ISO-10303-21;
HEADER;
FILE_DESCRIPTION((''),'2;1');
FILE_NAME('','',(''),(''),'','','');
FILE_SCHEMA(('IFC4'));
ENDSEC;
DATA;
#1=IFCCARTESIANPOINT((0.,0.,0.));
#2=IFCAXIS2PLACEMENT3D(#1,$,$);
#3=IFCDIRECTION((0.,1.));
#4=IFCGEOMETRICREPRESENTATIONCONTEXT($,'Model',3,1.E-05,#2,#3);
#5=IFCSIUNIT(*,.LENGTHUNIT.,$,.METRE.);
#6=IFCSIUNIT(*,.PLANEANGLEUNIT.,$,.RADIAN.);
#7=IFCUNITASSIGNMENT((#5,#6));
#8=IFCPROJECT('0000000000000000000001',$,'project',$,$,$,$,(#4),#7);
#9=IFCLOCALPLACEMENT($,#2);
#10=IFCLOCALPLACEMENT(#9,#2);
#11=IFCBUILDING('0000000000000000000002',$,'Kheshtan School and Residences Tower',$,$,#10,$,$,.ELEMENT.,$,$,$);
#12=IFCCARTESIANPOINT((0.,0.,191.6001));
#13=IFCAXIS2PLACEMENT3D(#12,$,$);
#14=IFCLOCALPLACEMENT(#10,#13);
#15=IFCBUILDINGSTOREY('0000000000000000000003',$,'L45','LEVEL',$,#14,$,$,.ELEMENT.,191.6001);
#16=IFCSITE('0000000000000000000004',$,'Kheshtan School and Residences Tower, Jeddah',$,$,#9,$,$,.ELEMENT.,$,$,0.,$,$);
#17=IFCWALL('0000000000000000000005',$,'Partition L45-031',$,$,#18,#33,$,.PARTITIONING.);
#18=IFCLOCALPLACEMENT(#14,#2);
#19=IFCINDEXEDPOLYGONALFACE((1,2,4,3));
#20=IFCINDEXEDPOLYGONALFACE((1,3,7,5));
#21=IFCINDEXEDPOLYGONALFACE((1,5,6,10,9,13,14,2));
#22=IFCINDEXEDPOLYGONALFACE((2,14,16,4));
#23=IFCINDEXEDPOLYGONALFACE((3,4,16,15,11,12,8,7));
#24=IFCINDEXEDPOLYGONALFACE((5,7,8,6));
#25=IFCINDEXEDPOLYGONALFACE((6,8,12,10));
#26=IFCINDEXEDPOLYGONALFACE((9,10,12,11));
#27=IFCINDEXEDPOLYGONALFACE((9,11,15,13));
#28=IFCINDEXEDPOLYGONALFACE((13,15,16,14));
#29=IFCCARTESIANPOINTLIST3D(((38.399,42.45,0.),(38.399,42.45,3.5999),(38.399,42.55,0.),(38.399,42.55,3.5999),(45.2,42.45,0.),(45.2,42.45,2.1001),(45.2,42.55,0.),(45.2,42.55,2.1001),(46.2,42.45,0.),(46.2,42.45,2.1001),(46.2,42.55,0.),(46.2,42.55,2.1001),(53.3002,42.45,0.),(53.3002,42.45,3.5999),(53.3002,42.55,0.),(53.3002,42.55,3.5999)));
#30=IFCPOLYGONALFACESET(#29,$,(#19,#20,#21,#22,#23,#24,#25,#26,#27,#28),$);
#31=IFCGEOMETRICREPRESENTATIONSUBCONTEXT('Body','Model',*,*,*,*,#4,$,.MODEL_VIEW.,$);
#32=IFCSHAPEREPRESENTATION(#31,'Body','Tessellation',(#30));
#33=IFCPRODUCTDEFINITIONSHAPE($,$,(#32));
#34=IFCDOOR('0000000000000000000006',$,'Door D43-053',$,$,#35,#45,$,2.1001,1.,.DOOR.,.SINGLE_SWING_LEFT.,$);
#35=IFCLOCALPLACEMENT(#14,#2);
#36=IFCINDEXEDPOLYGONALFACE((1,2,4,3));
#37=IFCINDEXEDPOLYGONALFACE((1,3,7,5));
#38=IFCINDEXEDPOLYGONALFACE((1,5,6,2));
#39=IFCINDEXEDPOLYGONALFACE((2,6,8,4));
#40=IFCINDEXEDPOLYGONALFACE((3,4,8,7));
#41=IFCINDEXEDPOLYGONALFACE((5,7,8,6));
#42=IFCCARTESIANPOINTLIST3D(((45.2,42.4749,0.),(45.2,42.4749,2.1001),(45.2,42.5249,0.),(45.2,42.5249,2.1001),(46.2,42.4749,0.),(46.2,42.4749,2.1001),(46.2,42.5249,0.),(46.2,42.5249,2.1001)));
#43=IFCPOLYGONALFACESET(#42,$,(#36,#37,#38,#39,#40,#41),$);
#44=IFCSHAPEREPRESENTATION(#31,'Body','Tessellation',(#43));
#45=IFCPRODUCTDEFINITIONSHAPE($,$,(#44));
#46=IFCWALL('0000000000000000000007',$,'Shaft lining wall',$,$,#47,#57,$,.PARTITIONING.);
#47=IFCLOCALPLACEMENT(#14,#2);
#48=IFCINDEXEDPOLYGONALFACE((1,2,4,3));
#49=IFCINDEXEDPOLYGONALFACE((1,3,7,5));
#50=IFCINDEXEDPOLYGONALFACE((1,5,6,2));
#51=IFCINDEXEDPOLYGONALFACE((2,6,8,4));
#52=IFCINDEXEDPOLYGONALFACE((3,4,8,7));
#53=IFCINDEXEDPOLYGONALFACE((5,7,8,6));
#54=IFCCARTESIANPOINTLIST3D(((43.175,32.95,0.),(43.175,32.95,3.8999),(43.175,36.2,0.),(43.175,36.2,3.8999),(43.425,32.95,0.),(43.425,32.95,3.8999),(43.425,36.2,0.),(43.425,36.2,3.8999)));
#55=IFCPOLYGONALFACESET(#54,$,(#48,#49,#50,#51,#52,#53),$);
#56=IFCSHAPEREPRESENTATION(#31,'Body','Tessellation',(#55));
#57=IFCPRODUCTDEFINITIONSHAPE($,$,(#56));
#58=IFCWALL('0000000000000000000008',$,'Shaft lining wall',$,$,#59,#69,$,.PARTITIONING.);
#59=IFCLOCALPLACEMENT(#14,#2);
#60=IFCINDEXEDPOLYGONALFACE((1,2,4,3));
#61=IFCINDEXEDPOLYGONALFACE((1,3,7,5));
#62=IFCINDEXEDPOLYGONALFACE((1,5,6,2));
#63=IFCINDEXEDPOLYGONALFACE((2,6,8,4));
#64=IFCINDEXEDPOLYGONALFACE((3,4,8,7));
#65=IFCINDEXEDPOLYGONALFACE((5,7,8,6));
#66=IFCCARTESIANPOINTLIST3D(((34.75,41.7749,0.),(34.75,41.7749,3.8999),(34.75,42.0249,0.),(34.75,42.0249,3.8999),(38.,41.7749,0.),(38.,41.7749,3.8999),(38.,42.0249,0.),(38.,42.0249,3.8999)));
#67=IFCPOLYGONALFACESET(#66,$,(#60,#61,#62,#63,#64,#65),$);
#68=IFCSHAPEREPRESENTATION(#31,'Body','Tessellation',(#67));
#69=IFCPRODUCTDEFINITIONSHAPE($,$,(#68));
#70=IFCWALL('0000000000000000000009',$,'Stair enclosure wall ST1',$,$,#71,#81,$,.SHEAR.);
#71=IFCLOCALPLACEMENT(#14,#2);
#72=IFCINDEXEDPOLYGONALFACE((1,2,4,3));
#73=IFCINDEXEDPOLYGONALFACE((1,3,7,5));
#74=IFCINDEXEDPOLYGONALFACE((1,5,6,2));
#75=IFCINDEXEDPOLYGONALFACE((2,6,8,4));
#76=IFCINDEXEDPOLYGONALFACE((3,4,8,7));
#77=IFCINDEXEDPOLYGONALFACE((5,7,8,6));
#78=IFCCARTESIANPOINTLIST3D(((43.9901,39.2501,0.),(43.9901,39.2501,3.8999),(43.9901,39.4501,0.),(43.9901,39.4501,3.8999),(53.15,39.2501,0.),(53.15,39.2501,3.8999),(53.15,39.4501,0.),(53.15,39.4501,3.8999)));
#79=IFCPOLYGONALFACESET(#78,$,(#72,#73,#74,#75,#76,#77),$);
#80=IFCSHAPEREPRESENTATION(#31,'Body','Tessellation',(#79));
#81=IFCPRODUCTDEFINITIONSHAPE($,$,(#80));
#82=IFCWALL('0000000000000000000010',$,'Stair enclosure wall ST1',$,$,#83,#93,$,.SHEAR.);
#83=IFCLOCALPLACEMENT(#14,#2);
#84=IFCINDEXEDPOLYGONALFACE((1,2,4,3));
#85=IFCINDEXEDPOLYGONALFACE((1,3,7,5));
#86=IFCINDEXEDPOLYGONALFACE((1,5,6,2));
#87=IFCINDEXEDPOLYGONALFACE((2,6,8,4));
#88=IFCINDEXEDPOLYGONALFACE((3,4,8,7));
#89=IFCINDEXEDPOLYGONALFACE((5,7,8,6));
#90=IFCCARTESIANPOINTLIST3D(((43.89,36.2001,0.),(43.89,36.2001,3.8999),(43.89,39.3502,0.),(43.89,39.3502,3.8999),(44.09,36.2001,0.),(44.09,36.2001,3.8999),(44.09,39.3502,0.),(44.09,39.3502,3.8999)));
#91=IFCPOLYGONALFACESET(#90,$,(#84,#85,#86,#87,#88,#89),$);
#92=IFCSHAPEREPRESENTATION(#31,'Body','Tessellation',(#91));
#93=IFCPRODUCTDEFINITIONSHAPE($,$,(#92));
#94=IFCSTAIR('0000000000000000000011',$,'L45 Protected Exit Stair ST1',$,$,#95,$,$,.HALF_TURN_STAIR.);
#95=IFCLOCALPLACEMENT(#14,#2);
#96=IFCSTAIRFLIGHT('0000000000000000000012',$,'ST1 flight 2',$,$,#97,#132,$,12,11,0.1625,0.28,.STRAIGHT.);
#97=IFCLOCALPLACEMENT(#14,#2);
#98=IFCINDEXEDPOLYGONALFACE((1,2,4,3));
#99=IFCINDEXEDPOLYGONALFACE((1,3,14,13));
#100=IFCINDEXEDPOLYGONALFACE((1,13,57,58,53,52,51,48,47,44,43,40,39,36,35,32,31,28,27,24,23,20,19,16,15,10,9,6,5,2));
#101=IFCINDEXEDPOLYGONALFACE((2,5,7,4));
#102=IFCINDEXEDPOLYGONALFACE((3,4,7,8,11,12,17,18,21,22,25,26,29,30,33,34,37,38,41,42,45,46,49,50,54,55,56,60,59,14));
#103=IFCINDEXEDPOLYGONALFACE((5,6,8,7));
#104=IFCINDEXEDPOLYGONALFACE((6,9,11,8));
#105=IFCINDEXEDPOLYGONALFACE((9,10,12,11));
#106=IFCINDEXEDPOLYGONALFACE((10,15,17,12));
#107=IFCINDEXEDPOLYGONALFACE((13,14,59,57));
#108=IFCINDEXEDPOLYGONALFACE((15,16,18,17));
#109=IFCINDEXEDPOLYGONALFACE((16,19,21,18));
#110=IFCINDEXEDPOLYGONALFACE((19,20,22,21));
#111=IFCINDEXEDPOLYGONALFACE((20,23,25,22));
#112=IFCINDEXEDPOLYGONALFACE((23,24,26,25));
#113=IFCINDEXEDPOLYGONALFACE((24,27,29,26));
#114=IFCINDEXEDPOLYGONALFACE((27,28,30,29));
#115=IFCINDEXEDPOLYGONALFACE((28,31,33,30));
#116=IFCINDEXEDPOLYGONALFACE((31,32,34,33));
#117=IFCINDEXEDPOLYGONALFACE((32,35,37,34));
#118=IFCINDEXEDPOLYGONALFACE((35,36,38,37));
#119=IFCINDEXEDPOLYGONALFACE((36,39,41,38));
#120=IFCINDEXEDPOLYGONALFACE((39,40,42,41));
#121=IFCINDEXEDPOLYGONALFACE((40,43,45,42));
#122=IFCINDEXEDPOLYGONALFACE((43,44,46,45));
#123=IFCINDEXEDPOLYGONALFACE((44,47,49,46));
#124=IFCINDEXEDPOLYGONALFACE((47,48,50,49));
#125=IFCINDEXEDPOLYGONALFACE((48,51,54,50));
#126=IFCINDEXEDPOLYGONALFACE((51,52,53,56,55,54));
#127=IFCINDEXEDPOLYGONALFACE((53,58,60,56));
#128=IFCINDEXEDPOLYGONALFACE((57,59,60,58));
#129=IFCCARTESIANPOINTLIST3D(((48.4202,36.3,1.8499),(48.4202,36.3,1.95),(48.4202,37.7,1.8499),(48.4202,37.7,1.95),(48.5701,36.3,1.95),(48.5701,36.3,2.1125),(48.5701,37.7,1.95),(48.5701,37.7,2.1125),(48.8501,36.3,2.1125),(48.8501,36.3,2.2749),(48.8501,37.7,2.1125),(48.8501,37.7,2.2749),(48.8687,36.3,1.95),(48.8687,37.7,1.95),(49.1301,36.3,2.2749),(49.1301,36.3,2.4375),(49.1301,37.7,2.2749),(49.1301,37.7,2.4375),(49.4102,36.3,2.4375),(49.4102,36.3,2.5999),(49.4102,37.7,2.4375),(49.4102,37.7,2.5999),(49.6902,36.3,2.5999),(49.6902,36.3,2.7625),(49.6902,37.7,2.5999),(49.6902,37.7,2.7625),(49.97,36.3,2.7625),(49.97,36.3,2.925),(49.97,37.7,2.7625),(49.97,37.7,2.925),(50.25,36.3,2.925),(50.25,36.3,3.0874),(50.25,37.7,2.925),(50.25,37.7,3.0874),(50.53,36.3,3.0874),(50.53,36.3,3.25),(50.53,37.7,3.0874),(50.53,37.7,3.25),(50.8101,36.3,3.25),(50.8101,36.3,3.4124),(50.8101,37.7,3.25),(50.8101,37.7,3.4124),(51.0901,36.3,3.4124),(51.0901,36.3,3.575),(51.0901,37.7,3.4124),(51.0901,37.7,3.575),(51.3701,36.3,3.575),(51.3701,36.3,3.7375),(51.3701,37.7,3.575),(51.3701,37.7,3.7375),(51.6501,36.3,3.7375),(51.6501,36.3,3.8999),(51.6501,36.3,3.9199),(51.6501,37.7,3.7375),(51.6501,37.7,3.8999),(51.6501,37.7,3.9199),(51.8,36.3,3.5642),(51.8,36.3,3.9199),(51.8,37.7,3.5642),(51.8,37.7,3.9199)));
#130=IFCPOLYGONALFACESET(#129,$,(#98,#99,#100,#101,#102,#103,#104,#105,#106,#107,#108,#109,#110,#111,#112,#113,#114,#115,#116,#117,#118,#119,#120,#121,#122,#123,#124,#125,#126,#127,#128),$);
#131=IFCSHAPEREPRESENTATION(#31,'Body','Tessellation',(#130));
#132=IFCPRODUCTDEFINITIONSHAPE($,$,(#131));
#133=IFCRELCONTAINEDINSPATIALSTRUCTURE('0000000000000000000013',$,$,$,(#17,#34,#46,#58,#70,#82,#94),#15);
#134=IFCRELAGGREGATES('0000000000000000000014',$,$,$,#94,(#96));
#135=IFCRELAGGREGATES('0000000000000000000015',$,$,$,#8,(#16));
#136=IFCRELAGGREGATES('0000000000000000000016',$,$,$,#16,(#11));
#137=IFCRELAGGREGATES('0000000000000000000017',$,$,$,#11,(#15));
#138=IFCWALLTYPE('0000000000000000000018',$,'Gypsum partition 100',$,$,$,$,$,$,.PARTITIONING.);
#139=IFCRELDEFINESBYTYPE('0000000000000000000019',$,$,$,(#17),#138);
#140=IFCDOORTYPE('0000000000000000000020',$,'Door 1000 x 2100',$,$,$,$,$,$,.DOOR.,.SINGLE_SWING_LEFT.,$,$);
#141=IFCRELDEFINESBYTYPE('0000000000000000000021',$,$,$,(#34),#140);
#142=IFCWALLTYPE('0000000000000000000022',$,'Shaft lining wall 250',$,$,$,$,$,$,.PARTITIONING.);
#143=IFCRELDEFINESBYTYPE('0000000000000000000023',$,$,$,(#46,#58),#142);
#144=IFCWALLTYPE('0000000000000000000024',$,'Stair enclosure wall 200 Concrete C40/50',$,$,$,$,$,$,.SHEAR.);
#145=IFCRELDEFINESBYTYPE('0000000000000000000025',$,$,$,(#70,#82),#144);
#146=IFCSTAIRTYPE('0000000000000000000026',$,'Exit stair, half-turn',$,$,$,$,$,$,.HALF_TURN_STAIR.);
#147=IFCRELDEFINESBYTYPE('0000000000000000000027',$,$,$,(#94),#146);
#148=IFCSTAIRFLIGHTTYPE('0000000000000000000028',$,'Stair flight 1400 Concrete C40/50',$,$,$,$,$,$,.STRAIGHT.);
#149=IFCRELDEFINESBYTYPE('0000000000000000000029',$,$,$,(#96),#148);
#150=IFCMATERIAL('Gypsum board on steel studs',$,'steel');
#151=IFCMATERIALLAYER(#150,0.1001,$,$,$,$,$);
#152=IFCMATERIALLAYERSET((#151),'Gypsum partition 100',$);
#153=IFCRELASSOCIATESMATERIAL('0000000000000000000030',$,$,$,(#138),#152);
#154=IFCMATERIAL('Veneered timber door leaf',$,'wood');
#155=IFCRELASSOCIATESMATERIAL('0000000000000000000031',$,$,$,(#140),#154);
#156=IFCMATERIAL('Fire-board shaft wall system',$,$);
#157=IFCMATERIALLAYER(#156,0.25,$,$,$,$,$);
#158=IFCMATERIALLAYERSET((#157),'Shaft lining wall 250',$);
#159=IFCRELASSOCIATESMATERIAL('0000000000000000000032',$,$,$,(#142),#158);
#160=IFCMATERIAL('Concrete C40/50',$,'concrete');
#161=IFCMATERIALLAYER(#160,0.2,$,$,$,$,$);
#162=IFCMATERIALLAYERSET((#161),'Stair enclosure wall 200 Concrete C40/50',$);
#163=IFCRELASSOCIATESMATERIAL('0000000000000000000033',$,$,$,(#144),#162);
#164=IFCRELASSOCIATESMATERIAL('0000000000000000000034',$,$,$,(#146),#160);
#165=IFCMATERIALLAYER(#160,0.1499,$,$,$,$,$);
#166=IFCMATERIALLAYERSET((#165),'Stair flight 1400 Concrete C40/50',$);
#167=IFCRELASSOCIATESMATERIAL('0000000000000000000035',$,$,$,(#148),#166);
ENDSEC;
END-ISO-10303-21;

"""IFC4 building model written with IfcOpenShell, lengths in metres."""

from ifc_helpers import new_model, si_unit, direction, frame, frame_2d, origin, place, context, subcontext, project, spatial, polyline, rectangle, outline, extrude, source, transform, mapped, material, layer, layer_set, type_object, element, fill, aggregate, save


model = new_model("IFC4")

# Units and contexts
model_context = context("Model", 3, precision=1e-05, world=origin(), true_north=direction((0.0, 1.0)))
body_context = subcontext(model_context, "Body", "Model", "MODEL_VIEW")
ifc_project = project(units=[si_unit("LENGTHUNIT", "METRE"), si_unit("PLANEANGLEUNIT", "RADIAN")], contexts=[model_context])

# Site, building, storey
site_placement = place(None, origin())
site = spatial("IfcSite", under=ifc_project, at=site_placement, Name="Kheshtan School and Residences Tower, Jeddah", CompositionType="ELEMENT", RefElevation=0.0)
building_placement = place(site_placement, origin())
building = spatial("IfcBuilding", under=site, at=building_placement, Name="Kheshtan School and Residences Tower", CompositionType="ELEMENT")
storey_placement = place(building_placement, frame((0.0, 0.0, 191.6001)))
storey = spatial("IfcBuildingStorey", under=building, at=storey_placement, Name="L45", Description="LEVEL", CompositionType="ELEMENT", Elevation=191.6001)

# Wall, opening, door
ifc_material_1 = material(Name="Gypsum board on steel studs", Category="steel")
ifc_layer_1 = layer(ifc_material_1, 0.1001)
ifc_layer_set_1 = layer_set([ifc_layer_1], Name="Gypsum partition 100")
wall_type_1 = type_object("IfcWallType", Name="Gypsum partition 100", PredefinedType="PARTITIONING", material=ifc_layer_set_1)
wall_1_placement = place(storey_placement, frame((38.3989, 42.5, 0.0), z_axis=(0.0, 0.0, 1.0), x_axis=(1.0, 0.0, 0.0)))
wall_1 = element("IfcWall", 1, at=wall_1_placement, inside=storey, type_object=wall_type_1, Name="Partition L45-031", PredefinedType="PARTITIONING", context=body_context, shape_type="SweptSolid", body=[
    extrude(rectangle(XDim=14.9011, YDim=0.1001, at=frame_2d((7.4507, 0.0))), origin(), (0.0, 0.0, 1.0), 3.5999),
])
opening_1_placement = place(wall_1_placement, frame((6.801, 0.0, 0.0)))
opening_1 = element("IfcOpeningElement", 2, at=opening_1_placement, cuts=wall_1, PredefinedType="OPENING", context=body_context, shape_type="SweptSolid", body=[
    extrude(rectangle(XDim=1.0, YDim=2.1001, at=frame_2d((0.5, 1.05))), frame((0.0, 0.0601, 0.0), z_axis=(0.0, -1.0, 0.0), x_axis=(1.0, 0.0, 0.0)), (0.0, 0.0, 1.0), 0.1201),
])
ifc_material_2 = material(Name="Veneered timber door leaf", Category="wood")
door_type_1 = type_object("IfcDoorType", Name="Door 1000 x 2100", OperationType="SINGLE_SWING_LEFT", PredefinedType="DOOR", material=ifc_material_2)
shared_shape_1 = source(origin(), body_context, "Body", "SweptSolid", [
    extrude(rectangle(XDim=1.0, YDim=2.1001, at=frame_2d((0.5, 1.05))), frame((0.0, 0.0249, 0.0), z_axis=(0.0, -1.0, 0.0), x_axis=(1.0, 0.0, 0.0)), (0.0, 0.0, 1.0), 0.05),
])
door_1_placement = place(opening_1_placement, origin())
door_1 = element("IfcDoor", 3, at=door_1_placement, inside=storey, type_object=door_type_1, Name="Door D43-053", OperationType="SINGLE_SWING_LEFT", OverallHeight=2.1001, OverallWidth=1.0, PredefinedType="DOOR", context=body_context, shape_type="MappedRepresentation", body=[
    mapped(shared_shape_1, transform((0.0, 0.0, 0.0), x_axis=(1.0, 0.0, 0.0), y_axis=(0.0, 1.0, 0.0), z_axis=(0.0, 0.0, 1.0), scale=1.0)),
])
fill(opening_1, door_1)

# Walls
ifc_material_3 = material(Name="Fire-board shaft wall system")
ifc_layer_2 = layer(ifc_material_3, 0.25)
ifc_layer_set_2 = layer_set([ifc_layer_2], Name="Shaft lining wall 250")
wall_type_2 = type_object("IfcWallType", Name="Shaft lining wall 250", PredefinedType="PARTITIONING", material=ifc_layer_set_2)
for number, where, z_axis, x_axis, name in (
    (4, (43.3, 32.95, 0.0), (0.0, 0.0, 1.0), (0.0, 1.0, 0.0), "Shaft lining wall"),
    (5, (34.75, 41.8999, 0.0), (0.0, 0.0, 1.0), (1.0, 0.0, 0.0), "Shaft lining wall"),
):
    element("IfcWall", number, at=place(storey_placement, frame(where, z_axis=z_axis, x_axis=x_axis)), inside=storey, type_object=wall_type_2, Name=name, PredefinedType="PARTITIONING", context=body_context, shape_type="SweptSolid", body=[
        extrude(rectangle(XDim=3.25, YDim=0.25, at=frame_2d((1.625, 0.0))), origin(), (0.0, 0.0, 1.0), 3.8999),
    ])
ifc_material_4 = material(Name="Concrete C40/50", Category="concrete")
ifc_layer_3 = layer(ifc_material_4, 0.2)
ifc_layer_set_3 = layer_set([ifc_layer_3], Name="Stair enclosure wall 200 Concrete C40/50")
wall_type_3 = type_object("IfcWallType", Name="Stair enclosure wall 200 Concrete C40/50", PredefinedType="SHEAR", material=ifc_layer_set_3)
wall_2_placement = place(storey_placement, frame((43.99, 39.3501, 0.0), z_axis=(0.0, 0.0, 1.0), x_axis=(1.0, 0.0, 0.0)))
element("IfcWall", 6, at=wall_2_placement, inside=storey, type_object=wall_type_3, Name="Stair enclosure wall ST1", PredefinedType="SHEAR", context=body_context, shape_type="SweptSolid", body=[
    extrude(rectangle(XDim=9.1599, YDim=0.2, at=frame_2d((4.5801, 0.0))), origin(), (0.0, 0.0, 1.0), 3.8999),
])
wall_3_placement = place(storey_placement, frame((43.99, 36.2, 0.0), z_axis=(0.0, 0.0, 1.0), x_axis=(0.0, 1.0, 0.0)))
element("IfcWall", 7, at=wall_3_placement, inside=storey, type_object=wall_type_3, Name="Stair enclosure wall ST1", PredefinedType="SHEAR", context=body_context, shape_type="SweptSolid", body=[
    extrude(rectangle(XDim=3.1501, YDim=0.2, at=frame_2d((1.5752, 0.0))), origin(), (0.0, 0.0, 1.0), 3.8999),
])

# Stair, stair flight
stair_type = type_object("IfcStairType", Name="Exit stair, half-turn", PredefinedType="HALF_TURN_STAIR", material=ifc_material_4)
stair_placement = place(storey_placement, origin())
stair = element("IfcStair", 8, at=stair_placement, inside=storey, type_object=stair_type, Name="L45 Protected Exit Stair ST1", PredefinedType="HALF_TURN_STAIR")
ifc_layer_4 = layer(ifc_material_4, 0.1499)
ifc_layer_set_4 = layer_set([ifc_layer_4], Name="Stair flight 1400 Concrete C40/50")
stair_flight_type = type_object("IfcStairFlightType", Name="Stair flight 1400 Concrete C40/50", PredefinedType="STRAIGHT", material=ifc_layer_set_4)
stair_flight_placement = place(storey_placement, frame((48.5701, 37.0, 1.95), z_axis=(0.0, 0.0, 1.0), x_axis=(1.0, 0.0, 0.0)))
stair_flight = element("IfcStairFlight", 9, at=stair_flight_placement, type_object=stair_flight_type, Name="ST1 flight 2", NumberOfRisers=12, NumberOfTreads=11, PredefinedType="STRAIGHT", RiserHeight=0.1625, TreadLength=0.28, context=body_context, shape_type="SweptSolid", body=[
    extrude(outline(polyline([(-0.1499, -0.1001), (-0.1499, 0.0), (0.0, 0.0), (0.0, 0.1626), (0.28, 0.1626), (0.28, 0.325), (0.5601, 0.325), (0.5601, 0.4875), (0.8401, 0.4875), (0.8401, 0.6499), (1.1201, 0.6499), (1.1201, 0.8125), (1.3999, 0.8125), (1.3999, 0.9751), (1.6799, 0.9751), (1.6799, 1.1375), (1.96, 1.1375), (1.96, 1.3), (2.24, 1.3), (2.24, 1.4624), (2.52, 1.4624), (2.52, 1.625), (2.8, 1.625), (2.8, 1.7876), (3.0801, 1.7876), (3.0801, 1.95), (3.0801, 1.97), (3.23, 1.97), (3.23, 1.6143), (0.2986, 0.0), (-0.1499, -0.1001)])), frame((0.0, 0.7, 0.0), z_axis=(0.0, -1.0, 0.0), x_axis=(1.0, 0.0, 0.0)), (0.0, 0.0, 1.0), 1.3999),
])
aggregate(stair, [stair_flight])

save(model, "model.ifc")
